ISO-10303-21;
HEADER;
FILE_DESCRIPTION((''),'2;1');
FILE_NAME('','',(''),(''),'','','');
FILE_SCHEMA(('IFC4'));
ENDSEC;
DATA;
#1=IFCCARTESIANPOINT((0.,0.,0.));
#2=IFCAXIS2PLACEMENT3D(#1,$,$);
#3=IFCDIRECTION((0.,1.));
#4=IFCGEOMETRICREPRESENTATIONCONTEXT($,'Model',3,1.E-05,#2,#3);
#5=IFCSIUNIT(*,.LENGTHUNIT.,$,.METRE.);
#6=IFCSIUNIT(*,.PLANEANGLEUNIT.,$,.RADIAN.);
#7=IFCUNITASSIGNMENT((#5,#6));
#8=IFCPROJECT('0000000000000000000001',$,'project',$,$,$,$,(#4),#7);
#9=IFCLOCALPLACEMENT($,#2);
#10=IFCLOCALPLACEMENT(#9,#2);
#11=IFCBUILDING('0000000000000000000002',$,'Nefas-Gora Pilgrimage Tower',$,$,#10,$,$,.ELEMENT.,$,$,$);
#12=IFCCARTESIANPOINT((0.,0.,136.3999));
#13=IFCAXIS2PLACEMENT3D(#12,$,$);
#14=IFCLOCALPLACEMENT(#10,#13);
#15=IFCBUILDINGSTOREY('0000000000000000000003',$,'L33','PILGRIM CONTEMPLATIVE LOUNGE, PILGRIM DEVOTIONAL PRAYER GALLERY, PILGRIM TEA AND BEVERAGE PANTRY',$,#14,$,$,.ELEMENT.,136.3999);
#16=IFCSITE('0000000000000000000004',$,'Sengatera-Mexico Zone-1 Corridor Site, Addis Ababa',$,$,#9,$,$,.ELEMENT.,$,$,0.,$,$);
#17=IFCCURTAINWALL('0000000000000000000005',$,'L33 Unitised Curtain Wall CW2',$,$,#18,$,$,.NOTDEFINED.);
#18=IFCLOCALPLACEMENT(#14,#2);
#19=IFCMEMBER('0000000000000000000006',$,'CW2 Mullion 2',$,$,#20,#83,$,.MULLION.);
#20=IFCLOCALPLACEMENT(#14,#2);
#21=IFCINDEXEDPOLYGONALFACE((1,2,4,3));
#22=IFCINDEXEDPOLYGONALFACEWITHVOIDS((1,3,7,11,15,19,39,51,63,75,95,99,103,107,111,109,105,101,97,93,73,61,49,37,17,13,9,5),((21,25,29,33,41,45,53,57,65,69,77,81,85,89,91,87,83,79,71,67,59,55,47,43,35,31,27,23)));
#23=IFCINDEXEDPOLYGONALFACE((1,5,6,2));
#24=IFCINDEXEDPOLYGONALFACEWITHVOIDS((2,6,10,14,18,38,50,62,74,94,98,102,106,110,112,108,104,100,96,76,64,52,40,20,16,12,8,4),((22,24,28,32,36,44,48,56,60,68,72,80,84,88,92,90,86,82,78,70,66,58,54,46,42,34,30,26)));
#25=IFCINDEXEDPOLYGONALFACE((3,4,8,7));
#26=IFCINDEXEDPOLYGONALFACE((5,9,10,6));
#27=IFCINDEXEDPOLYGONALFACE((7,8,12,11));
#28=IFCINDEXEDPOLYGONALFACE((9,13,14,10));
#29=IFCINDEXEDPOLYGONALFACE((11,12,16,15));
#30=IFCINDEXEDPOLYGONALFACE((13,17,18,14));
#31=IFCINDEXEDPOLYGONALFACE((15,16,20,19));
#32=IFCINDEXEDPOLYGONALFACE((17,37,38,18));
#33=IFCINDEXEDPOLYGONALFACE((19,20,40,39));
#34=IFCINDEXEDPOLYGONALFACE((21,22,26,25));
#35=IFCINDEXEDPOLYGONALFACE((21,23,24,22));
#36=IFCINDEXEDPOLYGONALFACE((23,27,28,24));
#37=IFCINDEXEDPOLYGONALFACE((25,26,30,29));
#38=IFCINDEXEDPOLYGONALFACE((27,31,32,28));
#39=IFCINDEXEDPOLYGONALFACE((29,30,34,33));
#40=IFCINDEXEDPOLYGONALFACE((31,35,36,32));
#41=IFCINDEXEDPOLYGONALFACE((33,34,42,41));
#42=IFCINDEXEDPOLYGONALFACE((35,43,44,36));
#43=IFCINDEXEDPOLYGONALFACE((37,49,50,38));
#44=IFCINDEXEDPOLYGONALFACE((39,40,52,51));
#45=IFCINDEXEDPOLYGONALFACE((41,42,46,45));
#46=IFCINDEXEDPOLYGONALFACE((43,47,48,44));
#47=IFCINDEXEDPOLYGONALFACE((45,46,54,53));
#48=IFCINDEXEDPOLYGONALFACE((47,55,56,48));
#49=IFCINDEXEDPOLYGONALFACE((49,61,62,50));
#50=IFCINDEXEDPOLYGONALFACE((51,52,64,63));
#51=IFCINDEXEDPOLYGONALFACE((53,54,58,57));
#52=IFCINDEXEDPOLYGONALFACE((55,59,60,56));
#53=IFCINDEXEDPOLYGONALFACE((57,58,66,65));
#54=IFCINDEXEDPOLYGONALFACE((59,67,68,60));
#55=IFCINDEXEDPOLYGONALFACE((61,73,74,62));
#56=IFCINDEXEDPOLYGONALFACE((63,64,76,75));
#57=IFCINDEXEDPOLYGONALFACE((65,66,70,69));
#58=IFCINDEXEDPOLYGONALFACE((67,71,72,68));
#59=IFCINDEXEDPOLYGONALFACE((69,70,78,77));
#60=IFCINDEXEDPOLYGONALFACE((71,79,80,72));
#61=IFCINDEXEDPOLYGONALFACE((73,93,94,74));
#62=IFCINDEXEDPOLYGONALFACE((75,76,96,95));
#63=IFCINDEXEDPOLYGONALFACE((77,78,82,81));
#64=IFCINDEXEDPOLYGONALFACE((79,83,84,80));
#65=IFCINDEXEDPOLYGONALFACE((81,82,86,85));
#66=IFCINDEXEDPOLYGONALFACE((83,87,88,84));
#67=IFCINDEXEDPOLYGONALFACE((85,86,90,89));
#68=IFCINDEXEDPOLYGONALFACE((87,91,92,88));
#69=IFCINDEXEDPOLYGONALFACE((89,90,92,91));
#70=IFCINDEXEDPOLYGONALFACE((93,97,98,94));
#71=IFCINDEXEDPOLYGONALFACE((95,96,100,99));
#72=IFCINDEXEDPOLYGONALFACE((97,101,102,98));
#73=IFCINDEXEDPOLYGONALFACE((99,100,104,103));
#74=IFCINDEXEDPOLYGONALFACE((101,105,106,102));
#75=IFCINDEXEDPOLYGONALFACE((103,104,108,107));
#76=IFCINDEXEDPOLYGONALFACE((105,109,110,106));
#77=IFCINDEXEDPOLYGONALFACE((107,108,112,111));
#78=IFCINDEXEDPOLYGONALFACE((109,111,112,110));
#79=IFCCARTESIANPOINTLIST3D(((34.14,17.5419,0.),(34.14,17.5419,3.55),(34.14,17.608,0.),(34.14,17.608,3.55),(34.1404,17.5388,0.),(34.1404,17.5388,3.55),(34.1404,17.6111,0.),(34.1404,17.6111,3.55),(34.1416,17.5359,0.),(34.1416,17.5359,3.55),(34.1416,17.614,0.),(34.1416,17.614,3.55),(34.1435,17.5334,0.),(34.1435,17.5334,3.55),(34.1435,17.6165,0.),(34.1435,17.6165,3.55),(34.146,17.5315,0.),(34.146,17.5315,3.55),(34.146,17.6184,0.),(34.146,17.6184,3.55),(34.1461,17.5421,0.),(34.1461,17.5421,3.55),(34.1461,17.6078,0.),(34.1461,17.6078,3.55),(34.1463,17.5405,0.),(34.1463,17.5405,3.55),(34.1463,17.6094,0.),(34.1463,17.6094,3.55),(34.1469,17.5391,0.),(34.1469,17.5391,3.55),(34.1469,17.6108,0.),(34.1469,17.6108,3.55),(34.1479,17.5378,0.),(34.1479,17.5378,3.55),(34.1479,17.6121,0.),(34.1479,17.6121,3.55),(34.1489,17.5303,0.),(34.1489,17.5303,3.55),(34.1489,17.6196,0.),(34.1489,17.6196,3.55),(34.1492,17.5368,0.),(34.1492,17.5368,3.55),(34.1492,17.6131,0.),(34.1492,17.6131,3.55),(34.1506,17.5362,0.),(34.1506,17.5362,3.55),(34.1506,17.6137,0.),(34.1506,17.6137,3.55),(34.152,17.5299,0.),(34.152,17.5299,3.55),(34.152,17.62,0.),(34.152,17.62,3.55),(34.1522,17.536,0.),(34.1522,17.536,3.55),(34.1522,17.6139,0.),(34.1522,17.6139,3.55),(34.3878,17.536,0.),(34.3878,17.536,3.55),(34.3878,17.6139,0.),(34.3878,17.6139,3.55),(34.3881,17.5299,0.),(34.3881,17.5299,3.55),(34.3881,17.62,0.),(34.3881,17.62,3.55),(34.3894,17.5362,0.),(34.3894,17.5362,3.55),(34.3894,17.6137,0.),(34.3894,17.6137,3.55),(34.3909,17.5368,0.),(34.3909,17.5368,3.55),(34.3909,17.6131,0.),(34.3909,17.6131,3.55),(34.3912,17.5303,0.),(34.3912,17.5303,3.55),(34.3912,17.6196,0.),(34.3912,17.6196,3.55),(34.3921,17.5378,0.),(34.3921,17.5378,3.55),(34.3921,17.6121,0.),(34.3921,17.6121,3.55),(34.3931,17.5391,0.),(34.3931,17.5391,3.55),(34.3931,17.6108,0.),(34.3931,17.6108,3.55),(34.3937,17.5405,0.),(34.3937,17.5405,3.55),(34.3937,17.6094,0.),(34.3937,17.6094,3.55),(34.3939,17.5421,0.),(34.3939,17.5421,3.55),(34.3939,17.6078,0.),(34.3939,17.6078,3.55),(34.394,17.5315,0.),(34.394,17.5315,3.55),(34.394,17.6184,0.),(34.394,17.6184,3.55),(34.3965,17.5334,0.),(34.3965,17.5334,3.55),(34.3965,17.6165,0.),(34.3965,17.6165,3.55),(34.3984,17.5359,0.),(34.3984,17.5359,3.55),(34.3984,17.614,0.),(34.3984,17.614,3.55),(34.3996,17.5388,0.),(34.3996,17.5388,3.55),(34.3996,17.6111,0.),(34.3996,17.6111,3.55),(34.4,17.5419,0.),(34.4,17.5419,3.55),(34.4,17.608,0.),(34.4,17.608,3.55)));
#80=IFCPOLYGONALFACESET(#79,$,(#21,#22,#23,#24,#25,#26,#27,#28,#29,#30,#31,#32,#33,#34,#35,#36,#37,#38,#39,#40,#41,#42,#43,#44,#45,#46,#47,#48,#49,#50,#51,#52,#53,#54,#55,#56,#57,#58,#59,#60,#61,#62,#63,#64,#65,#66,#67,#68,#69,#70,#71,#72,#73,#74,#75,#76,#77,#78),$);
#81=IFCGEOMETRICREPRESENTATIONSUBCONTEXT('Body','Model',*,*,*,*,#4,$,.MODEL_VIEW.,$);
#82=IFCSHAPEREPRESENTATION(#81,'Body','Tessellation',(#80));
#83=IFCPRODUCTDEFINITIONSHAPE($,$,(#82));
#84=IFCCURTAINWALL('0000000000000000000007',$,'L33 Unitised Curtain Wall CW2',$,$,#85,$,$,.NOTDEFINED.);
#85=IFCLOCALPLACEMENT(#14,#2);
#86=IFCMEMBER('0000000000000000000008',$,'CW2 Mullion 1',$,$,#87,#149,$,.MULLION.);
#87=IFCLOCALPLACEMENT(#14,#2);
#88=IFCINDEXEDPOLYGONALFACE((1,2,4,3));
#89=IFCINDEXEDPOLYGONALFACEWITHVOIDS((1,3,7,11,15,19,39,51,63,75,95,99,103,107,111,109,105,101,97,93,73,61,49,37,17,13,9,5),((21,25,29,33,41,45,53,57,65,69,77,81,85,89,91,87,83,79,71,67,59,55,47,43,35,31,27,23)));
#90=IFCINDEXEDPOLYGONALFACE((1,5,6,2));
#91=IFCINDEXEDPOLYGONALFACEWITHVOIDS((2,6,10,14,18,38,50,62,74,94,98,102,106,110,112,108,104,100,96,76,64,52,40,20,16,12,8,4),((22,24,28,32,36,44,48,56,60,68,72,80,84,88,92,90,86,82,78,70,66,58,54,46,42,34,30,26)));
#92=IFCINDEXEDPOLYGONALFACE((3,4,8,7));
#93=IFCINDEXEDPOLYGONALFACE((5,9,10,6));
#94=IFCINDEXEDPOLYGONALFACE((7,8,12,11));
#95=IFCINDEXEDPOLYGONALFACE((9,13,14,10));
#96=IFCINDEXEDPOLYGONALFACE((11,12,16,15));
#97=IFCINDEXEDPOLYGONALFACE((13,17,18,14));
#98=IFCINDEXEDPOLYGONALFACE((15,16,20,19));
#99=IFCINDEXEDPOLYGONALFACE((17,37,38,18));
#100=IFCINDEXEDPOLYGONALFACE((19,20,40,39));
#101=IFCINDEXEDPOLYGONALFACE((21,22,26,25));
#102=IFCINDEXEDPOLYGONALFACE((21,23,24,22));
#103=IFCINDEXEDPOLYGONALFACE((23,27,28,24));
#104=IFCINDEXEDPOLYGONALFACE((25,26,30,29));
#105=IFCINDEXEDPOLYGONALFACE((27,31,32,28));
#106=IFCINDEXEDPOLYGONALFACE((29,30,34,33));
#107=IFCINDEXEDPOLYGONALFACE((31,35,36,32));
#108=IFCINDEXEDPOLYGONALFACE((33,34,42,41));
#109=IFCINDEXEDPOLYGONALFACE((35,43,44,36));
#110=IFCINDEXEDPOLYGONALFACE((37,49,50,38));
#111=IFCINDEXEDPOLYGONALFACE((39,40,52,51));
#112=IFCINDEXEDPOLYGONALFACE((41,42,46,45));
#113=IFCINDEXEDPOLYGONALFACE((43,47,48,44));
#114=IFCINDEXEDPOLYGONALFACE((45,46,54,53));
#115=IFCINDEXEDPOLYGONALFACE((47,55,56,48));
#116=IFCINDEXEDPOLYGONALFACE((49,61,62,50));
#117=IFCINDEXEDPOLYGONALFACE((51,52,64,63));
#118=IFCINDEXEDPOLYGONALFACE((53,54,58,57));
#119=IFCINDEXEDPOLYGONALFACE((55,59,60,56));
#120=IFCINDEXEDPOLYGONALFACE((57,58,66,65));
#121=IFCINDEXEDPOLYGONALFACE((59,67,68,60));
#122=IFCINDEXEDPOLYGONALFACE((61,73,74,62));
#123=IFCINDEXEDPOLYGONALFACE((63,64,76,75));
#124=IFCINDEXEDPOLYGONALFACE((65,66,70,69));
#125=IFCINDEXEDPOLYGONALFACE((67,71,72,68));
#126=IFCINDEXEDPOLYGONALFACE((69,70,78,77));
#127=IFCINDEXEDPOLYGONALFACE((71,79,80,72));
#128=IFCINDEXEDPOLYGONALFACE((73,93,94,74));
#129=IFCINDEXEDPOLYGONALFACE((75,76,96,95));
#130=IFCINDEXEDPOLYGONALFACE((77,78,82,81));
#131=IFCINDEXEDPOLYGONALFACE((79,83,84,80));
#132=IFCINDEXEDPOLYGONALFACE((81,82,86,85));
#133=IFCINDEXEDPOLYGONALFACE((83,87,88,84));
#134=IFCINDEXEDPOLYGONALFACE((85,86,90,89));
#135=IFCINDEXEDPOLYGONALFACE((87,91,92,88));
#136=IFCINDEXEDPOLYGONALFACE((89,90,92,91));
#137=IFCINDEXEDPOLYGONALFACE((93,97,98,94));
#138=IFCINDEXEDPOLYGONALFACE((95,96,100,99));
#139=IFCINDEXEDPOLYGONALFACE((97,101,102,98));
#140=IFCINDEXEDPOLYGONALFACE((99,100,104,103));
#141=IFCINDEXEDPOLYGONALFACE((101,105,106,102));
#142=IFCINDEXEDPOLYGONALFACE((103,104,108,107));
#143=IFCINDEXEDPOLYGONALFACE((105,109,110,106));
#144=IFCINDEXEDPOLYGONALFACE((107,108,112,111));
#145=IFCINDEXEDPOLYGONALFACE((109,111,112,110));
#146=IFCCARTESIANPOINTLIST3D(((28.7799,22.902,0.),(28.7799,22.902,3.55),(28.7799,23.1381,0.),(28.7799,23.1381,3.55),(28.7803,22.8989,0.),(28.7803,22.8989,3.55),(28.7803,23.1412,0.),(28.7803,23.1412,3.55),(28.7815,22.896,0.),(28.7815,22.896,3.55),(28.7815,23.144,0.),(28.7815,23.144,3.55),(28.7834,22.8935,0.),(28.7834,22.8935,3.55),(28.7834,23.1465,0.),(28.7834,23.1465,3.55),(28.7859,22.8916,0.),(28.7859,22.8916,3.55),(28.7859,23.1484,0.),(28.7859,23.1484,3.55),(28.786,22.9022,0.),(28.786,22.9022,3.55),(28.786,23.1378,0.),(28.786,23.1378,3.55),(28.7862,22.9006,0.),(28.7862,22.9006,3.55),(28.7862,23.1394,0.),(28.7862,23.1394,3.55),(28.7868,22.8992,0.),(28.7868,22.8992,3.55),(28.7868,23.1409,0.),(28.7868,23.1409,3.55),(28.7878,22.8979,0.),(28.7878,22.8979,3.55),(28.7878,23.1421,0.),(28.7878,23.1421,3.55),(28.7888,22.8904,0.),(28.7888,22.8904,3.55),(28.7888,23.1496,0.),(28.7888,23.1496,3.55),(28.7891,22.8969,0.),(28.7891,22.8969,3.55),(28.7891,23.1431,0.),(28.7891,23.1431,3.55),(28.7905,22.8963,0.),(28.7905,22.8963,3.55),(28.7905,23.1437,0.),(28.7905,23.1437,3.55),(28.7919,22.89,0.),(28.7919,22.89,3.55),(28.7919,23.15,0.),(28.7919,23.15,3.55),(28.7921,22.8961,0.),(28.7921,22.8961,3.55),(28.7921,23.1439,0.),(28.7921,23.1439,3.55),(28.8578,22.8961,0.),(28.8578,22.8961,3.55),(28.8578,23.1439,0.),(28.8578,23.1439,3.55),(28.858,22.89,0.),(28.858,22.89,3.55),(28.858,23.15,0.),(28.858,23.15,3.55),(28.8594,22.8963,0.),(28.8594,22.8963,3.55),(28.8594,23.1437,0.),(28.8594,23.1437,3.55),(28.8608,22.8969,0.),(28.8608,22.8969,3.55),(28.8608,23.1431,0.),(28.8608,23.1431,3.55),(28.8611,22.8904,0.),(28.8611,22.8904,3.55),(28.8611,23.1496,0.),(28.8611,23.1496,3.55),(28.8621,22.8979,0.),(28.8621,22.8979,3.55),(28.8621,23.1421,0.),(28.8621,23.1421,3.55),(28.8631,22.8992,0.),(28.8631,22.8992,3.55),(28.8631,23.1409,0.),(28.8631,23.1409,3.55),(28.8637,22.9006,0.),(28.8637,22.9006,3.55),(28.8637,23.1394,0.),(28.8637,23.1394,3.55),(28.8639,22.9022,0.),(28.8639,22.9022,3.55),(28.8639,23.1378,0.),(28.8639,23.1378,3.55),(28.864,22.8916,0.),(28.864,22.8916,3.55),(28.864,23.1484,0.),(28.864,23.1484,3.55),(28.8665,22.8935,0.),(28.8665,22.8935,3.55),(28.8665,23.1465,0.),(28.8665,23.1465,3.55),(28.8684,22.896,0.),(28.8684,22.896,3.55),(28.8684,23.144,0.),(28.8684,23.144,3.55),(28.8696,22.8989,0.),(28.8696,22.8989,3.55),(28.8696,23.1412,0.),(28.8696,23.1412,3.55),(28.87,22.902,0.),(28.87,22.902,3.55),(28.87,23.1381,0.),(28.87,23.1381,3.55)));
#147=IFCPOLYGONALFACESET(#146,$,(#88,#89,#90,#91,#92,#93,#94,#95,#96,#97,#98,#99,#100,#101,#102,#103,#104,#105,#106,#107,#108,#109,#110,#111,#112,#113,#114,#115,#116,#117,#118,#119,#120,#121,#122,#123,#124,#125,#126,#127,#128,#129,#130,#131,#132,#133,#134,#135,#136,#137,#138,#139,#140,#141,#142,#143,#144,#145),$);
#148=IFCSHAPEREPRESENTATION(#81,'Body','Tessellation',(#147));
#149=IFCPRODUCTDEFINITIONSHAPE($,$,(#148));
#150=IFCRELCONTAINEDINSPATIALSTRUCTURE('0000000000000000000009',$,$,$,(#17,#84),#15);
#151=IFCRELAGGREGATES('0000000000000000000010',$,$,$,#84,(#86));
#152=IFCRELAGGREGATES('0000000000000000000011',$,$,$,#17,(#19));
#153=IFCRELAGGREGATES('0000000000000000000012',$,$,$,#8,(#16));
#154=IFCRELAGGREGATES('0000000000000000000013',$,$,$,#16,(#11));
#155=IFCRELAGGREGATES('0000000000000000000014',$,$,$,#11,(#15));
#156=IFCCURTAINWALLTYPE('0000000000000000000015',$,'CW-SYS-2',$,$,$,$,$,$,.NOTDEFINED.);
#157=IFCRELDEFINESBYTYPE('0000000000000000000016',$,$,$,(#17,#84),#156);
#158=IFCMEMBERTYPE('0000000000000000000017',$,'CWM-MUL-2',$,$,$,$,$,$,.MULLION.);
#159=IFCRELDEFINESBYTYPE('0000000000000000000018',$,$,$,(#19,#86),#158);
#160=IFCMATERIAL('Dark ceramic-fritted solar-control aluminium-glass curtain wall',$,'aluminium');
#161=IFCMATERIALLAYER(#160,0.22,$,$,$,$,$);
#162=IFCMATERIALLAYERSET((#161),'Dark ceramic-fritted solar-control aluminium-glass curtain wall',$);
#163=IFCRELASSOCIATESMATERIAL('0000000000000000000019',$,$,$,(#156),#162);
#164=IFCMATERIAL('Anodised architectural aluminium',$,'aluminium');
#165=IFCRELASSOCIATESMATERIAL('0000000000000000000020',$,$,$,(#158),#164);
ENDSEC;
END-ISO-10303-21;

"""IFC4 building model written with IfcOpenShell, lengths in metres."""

from ifc_helpers import new_model, si_unit, direction, frame, origin, origin_2d, place, context, subcontext, project, spatial, hollow_rectangle, extrude, source, transform, mapped, material, layer, layer_set, material_profile, profile_set, type_object, element, aggregate, save


model = new_model("IFC4")

# Units and contexts
model_context = context("Model", 3, precision=1e-05, world=origin(), true_north=direction((0.0, 1.0)))
body_context = subcontext(model_context, "Body", "Model", "MODEL_VIEW")
ifc_project = project(units=[si_unit("LENGTHUNIT", "METRE"), si_unit("PLANEANGLEUNIT", "RADIAN")], contexts=[model_context])

# Site, building, storey
site_placement = place(None, origin())
site = spatial("IfcSite", under=ifc_project, at=site_placement, Name="Sengatera-Mexico Zone-1 Corridor Site, Addis Ababa", CompositionType="ELEMENT", RefElevation=0.0)
building_placement = place(site_placement, origin())
building = spatial("IfcBuilding", under=site, at=building_placement, Name="Nefas-Gora Pilgrimage Tower", CompositionType="ELEMENT")
storey_placement = place(building_placement, frame((0.0, 0.0, 136.3999)))
storey = spatial("IfcBuildingStorey", under=building, at=storey_placement, Name="L33", Description="PILGRIM CONTEMPLATIVE LOUNGE, PILGRIM DEVOTIONAL PRAYER GALLERY, PILGRIM TEA AND BEVERAGE PANTRY", CompositionType="ELEMENT", Elevation=136.3999)

# Curtain wall, member
ifc_material_1 = material(Name="Dark ceramic-fritted solar-control aluminium-glass curtain wall", Category="aluminium")
ifc_layer_1 = layer(ifc_material_1, 0.22)
ifc_layer_set_1 = layer_set([ifc_layer_1], Name="Dark ceramic-fritted solar-control aluminium-glass curtain wall")
curtain_wall_type = type_object("IfcCurtainWallType", Name="CW-SYS-2", PredefinedType="NOTDEFINED", material=ifc_layer_set_1)
curtain_wall_1_placement = place(storey_placement, origin())
curtain_wall_1 = element("IfcCurtainWall", 1, at=curtain_wall_1_placement, inside=storey, type_object=curtain_wall_type, Name="L33 Unitised Curtain Wall CW2", PredefinedType="NOTDEFINED")
ifc_material_2 = material(Name="Anodised architectural aluminium", Category="aluminium")
ifc_material_profile_1 = material_profile(ifc_material_2, hollow_rectangle(XDim=0.0901, YDim=0.26, WallThickness=0.0061, InnerFilletRadius=0.0061, OuterFilletRadius=0.012, at=origin_2d()), Name="ALU MULLION 90x260")
ifc_profile_set_1 = profile_set([ifc_material_profile_1], Name="Anodised architectural aluminium")
member_type_1 = type_object("IfcMemberType", Name="CWM-MUL-2", PredefinedType="MULLION", material=ifc_profile_set_1)
shared_shape_1 = source(origin(), body_context, "Body", "SweptSolid", [
    extrude(hollow_rectangle(XDim=0.0901, YDim=0.26, WallThickness=0.0061, InnerFilletRadius=0.0061, OuterFilletRadius=0.012, at=origin_2d()), origin(), (0.0, 0.0, 1.0), 3.55),
])
member_1_placement = place(storey_placement, frame((34.27, 17.575, 0.0), z_axis=(0.0, 0.0, 1.0), x_axis=(0.0, 1.0, 0.0)))
member_1 = element("IfcMember", 2, at=member_1_placement, type_object=member_type_1, Name="CW2 Mullion 2", PredefinedType="MULLION", context=body_context, shape_type="MappedRepresentation", body=[
    mapped(shared_shape_1, transform((0.0, 0.0, 0.0), x_axis=(1.0, 0.0, 0.0), y_axis=(0.0, 1.0, 0.0), z_axis=(0.0, 0.0, 1.0), scale=1.0)),
])

# Curtain wall, member
curtain_wall_2_placement = place(storey_placement, origin())
curtain_wall_2 = element("IfcCurtainWall", 3, at=curtain_wall_2_placement, inside=storey, type_object=curtain_wall_type, Name="L33 Unitised Curtain Wall CW2", PredefinedType="NOTDEFINED")
member_2_placement = place(storey_placement, frame((28.825, 23.02, 0.0), z_axis=(0.0, 0.0, 1.0), x_axis=(-1.0, 0.0, 0.0)))
member_2 = element("IfcMember", 4, at=member_2_placement, type_object=member_type_1, Name="CW2 Mullion 1", PredefinedType="MULLION", context=body_context, shape_type="MappedRepresentation", body=[
    mapped(shared_shape_1, transform((0.0, 0.0, 0.0), x_axis=(1.0, 0.0, 0.0), y_axis=(0.0, 1.0, 0.0), z_axis=(0.0, 0.0, 1.0), scale=1.0)),
])

aggregate(curtain_wall_2, [member_2])
aggregate(curtain_wall_1, [member_1])

save(model, "model.ifc")
